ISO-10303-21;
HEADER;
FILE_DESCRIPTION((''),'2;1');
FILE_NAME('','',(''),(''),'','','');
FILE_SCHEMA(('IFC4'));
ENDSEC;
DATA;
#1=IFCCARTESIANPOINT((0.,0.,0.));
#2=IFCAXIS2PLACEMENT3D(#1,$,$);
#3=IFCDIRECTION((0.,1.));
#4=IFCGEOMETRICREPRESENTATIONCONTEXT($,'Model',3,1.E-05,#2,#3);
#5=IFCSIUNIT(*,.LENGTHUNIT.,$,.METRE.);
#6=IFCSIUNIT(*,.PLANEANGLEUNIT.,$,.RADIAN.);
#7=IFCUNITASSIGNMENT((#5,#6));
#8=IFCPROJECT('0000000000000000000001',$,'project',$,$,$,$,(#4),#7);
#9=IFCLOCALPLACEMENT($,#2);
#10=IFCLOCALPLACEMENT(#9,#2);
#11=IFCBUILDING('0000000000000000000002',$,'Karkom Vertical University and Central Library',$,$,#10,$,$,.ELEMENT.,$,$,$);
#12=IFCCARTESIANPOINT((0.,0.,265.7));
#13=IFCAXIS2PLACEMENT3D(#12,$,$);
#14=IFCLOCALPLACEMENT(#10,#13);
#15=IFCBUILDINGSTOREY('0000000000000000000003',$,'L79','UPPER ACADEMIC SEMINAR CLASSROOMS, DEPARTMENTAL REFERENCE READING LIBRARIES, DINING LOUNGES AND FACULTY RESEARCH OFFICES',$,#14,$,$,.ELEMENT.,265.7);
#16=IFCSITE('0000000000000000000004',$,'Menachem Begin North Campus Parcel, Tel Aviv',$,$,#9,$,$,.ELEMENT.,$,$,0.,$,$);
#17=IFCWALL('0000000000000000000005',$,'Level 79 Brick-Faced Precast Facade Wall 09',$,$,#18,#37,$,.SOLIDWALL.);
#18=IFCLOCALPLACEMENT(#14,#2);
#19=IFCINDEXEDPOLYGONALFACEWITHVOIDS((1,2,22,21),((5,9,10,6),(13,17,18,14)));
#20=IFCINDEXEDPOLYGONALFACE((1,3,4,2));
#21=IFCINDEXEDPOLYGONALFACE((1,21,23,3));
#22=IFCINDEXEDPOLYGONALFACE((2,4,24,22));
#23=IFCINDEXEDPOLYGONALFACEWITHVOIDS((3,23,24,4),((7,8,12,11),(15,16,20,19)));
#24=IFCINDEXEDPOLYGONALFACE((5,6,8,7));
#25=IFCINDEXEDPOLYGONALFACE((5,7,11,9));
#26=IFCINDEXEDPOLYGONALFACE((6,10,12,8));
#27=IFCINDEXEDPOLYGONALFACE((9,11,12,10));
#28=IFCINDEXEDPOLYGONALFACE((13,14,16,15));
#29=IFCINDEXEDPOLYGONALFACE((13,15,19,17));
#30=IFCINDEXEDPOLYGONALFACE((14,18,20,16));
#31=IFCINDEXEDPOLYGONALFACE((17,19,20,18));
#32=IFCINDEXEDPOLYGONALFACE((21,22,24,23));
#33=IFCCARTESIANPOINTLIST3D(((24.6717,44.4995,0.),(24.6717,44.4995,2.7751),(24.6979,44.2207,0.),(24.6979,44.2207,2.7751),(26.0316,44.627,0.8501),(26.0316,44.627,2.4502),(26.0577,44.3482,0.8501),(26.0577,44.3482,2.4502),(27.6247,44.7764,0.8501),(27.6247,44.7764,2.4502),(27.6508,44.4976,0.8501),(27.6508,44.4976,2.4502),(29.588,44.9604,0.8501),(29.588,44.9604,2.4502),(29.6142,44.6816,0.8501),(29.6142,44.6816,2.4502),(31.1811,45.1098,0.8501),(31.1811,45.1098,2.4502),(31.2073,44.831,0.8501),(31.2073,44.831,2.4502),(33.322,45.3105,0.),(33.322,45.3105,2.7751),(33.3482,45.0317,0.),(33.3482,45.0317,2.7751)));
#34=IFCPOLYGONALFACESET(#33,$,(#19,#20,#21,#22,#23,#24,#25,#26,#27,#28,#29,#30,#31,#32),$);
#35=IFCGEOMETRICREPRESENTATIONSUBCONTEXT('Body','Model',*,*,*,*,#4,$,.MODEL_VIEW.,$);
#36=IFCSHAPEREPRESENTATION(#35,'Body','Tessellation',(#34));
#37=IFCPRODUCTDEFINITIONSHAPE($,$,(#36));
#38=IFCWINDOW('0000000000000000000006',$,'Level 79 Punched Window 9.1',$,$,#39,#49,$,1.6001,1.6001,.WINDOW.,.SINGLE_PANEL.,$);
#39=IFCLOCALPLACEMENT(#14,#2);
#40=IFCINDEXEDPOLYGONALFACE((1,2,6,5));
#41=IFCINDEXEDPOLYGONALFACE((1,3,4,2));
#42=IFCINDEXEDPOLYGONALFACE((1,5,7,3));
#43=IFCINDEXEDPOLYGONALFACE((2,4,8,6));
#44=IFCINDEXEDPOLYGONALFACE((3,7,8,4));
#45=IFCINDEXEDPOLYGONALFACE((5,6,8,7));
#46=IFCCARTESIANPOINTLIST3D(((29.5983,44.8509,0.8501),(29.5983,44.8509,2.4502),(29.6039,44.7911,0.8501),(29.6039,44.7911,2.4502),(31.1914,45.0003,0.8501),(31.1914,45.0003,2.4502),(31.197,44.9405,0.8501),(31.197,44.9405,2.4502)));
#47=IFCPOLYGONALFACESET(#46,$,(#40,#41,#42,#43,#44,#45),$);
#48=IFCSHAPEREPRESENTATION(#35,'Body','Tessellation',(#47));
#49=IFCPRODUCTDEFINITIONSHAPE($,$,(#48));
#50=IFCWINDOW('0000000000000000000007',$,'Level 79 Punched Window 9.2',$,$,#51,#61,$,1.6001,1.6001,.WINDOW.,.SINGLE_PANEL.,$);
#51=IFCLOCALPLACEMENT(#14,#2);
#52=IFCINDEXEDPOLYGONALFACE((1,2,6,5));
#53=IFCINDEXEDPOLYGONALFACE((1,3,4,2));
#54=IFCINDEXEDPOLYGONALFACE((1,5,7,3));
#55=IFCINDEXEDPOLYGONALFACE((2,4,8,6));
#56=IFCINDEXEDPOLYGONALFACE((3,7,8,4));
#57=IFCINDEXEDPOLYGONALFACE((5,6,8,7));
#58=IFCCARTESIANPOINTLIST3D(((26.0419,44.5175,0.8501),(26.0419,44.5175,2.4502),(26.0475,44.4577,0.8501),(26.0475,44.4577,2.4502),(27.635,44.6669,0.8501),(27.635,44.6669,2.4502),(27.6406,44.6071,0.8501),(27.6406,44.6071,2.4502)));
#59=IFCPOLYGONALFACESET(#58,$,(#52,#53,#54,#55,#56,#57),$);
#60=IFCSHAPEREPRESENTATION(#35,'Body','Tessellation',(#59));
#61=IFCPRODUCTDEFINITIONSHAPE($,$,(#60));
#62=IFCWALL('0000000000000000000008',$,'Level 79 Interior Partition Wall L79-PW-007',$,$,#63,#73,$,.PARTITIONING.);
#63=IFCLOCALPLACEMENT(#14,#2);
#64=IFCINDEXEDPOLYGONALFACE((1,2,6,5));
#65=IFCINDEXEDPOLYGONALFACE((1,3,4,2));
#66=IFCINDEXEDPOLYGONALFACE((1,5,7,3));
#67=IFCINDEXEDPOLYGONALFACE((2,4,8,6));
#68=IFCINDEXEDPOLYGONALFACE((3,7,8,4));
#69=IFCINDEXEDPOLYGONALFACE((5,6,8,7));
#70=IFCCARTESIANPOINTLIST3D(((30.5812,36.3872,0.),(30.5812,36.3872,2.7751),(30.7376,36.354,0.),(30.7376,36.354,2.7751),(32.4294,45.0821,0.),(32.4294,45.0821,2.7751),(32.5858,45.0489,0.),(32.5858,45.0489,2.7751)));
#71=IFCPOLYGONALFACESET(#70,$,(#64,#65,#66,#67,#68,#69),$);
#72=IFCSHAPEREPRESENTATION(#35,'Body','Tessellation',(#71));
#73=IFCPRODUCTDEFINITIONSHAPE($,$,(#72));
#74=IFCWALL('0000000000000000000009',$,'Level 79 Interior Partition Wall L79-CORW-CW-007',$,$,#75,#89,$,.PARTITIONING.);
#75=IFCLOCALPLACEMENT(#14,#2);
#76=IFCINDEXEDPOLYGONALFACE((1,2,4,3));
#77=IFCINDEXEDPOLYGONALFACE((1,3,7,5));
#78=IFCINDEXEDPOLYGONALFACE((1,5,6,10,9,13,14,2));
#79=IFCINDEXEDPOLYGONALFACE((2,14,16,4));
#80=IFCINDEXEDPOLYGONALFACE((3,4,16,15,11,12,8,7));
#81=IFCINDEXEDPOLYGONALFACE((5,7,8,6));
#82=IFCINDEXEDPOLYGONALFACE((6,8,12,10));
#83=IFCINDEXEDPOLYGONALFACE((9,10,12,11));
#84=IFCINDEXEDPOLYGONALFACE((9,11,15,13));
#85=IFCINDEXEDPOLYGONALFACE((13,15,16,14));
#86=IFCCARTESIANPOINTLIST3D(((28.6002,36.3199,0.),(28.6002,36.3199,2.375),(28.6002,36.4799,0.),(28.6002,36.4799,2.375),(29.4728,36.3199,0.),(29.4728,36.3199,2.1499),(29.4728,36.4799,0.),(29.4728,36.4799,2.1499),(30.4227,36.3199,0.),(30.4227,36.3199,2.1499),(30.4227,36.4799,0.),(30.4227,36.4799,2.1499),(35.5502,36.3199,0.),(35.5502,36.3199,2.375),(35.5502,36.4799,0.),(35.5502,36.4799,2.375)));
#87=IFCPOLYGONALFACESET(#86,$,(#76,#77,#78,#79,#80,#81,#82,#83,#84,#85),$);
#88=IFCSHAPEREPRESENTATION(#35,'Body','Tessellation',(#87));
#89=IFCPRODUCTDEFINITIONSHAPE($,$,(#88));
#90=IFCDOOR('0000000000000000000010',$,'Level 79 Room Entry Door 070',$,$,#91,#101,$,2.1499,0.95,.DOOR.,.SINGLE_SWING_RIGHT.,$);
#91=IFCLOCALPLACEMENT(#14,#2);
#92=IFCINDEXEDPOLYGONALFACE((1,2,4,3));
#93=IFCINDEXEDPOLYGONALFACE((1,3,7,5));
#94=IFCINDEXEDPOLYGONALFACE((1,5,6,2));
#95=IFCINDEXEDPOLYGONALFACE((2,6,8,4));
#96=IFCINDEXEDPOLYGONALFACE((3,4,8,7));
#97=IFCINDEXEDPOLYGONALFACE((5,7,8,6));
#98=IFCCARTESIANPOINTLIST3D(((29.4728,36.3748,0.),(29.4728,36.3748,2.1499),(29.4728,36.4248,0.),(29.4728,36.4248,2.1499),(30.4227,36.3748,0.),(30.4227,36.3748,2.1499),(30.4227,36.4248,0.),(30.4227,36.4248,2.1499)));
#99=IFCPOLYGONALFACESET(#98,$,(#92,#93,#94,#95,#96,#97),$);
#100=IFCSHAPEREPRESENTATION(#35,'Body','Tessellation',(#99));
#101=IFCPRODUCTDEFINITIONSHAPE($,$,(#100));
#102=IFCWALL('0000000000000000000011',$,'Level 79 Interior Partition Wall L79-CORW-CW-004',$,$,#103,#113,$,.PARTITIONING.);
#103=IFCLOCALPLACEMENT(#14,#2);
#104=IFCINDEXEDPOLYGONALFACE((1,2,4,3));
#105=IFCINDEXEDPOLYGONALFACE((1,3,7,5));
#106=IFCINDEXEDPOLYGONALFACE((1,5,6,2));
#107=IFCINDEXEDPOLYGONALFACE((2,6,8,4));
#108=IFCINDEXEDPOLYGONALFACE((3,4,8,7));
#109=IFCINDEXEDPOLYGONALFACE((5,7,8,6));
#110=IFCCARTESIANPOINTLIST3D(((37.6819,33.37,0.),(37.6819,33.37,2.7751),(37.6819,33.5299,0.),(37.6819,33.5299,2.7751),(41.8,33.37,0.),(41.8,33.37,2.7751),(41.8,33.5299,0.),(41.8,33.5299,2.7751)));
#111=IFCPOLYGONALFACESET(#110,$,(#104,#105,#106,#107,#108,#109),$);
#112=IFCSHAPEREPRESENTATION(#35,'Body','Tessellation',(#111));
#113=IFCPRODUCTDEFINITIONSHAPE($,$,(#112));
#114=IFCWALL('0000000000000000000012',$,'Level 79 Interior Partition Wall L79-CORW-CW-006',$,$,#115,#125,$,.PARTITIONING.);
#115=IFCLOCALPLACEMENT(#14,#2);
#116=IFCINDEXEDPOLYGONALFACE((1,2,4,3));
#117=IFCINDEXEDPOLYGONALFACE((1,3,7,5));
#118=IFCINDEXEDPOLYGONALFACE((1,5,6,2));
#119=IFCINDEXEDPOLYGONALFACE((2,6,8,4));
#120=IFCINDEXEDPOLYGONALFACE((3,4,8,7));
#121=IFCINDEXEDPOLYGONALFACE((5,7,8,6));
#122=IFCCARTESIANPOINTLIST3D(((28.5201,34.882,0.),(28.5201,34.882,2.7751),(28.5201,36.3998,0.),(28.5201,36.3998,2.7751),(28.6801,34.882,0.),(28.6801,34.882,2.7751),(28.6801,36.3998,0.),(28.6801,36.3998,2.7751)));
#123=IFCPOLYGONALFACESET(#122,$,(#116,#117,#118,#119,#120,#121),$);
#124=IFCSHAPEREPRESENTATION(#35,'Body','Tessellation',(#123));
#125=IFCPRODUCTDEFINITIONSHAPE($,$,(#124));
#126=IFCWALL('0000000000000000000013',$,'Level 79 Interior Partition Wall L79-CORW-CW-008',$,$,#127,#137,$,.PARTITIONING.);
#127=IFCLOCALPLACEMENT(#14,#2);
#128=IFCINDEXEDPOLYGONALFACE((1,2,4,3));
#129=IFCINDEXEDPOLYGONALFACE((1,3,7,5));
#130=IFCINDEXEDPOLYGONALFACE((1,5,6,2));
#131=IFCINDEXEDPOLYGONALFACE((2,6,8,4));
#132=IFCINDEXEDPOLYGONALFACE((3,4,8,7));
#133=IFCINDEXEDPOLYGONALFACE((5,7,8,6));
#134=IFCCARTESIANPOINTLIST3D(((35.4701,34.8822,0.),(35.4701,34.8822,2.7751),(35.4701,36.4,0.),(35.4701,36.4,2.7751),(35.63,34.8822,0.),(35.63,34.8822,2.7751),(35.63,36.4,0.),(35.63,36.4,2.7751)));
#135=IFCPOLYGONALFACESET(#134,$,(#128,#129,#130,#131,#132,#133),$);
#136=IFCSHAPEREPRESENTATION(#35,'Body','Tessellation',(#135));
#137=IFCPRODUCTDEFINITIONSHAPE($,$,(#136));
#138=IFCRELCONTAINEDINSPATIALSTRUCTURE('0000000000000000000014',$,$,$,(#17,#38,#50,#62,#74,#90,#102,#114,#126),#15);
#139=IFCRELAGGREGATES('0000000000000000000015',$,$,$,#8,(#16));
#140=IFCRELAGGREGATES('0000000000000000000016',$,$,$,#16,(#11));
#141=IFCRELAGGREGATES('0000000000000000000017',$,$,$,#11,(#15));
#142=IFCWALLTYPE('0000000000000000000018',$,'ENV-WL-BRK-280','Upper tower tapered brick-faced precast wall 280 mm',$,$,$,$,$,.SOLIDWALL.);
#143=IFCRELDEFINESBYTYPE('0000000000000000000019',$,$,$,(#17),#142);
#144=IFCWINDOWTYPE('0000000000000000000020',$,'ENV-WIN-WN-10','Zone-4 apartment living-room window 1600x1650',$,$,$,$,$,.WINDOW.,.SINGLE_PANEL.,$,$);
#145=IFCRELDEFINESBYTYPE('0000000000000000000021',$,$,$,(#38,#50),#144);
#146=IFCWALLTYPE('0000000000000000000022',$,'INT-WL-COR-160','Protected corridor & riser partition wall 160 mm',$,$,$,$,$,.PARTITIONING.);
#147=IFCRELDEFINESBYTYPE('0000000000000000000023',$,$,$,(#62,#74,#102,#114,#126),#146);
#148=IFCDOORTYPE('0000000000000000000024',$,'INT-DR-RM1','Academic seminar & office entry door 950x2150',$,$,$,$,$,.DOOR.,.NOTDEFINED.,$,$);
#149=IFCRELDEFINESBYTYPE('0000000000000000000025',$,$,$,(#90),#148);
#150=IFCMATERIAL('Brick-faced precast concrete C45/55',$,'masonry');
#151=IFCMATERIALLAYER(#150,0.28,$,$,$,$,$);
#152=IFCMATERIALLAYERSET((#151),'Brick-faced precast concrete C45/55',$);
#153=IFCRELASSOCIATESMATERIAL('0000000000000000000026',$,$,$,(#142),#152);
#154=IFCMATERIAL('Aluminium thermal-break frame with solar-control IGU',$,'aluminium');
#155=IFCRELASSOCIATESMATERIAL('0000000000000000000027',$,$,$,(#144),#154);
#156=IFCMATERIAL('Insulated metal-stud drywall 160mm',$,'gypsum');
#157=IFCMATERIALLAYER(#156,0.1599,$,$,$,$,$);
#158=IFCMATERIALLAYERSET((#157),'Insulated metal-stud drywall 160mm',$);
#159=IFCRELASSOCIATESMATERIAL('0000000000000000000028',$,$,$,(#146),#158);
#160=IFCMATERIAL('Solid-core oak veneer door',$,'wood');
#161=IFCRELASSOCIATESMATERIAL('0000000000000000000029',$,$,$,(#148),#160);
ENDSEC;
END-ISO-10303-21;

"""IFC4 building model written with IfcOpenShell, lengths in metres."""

from ifc_helpers import new_model, si_unit, direction, frame, frame_2d, origin, origin_with_axes, place, context, subcontext, project, spatial, rectangle, extrude, source, transform, mapped, material, layer, layer_set, type_object, element, fill, save


model = new_model("IFC4")

# Units and contexts
model_context = context("Model", 3, precision=1e-05, world=origin(), true_north=direction((0.0, 1.0)))
body_context = subcontext(model_context, "Body", "Model", "MODEL_VIEW")
ifc_project = project(units=[si_unit("LENGTHUNIT", "METRE"), si_unit("PLANEANGLEUNIT", "RADIAN")], contexts=[model_context])

# Site, building, storey
site_placement = place(None, origin())
site = spatial("IfcSite", under=ifc_project, at=site_placement, Name="Menachem Begin North Campus Parcel, Tel Aviv", CompositionType="ELEMENT", RefElevation=0.0)
building_placement = place(site_placement, origin())
building = spatial("IfcBuilding", under=site, at=building_placement, Name="Karkom Vertical University and Central Library", CompositionType="ELEMENT")
storey_placement = place(building_placement, frame((0.0, 0.0, 265.7)))
storey = spatial("IfcBuildingStorey", under=building, at=storey_placement, Name="L79", Description="UPPER ACADEMIC SEMINAR CLASSROOMS, DEPARTMENTAL REFERENCE READING LIBRARIES, DINING LOUNGES AND FACULTY RESEARCH OFFICES", CompositionType="ELEMENT", Elevation=265.7)

# Wall, openings, windows
ifc_material_1 = material(Name="Brick-faced precast concrete C45/55", Category="masonry")
ifc_layer_1 = layer(ifc_material_1, 0.28)
ifc_layer_set_1 = layer_set([ifc_layer_1], Name="Brick-faced precast concrete C45/55")
wall_type_1 = type_object("IfcWallType", Name="ENV-WL-BRK-280", Description="Upper tower tapered brick-faced precast wall 280 mm", PredefinedType="SOLIDWALL", material=ifc_layer_set_1)
ifc_material_2 = material(Name="Aluminium thermal-break frame with solar-control IGU", Category="aluminium")
window_type = type_object("IfcWindowType", Name="ENV-WIN-WN-10", Description="Zone-4 apartment living-room window 1600x1650", PartitioningType="SINGLE_PANEL", PredefinedType="WINDOW", material=ifc_material_2)
shared_shape_1 = source(origin_with_axes(), body_context, "Body", "SweptSolid", [
    extrude(rectangle(XDim=1.6001, YDim=1.6001, at=frame_2d((0.8, 0.8))), frame((0.0, 0.03, 0.0), z_axis=(0.0, -1.0, 0.0), x_axis=(1.0, 0.0, 0.0)), (0.0, 0.0, 1.0), 0.0601),
])
wall_1_placement = place(storey_placement, frame((33.3352, 45.1711, 0.0), z_axis=(0.0, 0.0, 1.0), x_axis=(-0.995634, -0.093348, 0.0)))
wall_1 = element("IfcWall", 1, at=wall_1_placement, inside=storey, type_object=wall_type_1, Name="Level 79 Brick-Faced Precast Facade Wall 09", PredefinedType="SOLIDWALL", context=body_context, shape_type="SweptSolid", body=[
    extrude(rectangle(XDim=8.6882, YDim=0.28, at=frame_2d((4.3442, 0.0))), origin(), (0.0, 0.0, 1.0), 2.7751),
])
opening_1_placement = place(wall_1_placement, frame((2.1504, 0.0, 0.8501)))
opening_1 = element("IfcOpeningElement", 2, at=opening_1_placement, cuts=wall_1, PredefinedType="OPENING", context=body_context, shape_type="SweptSolid", body=[
    extrude(rectangle(XDim=1.6001, YDim=1.6001, at=frame_2d((0.8, 0.8))), frame((0.0, 0.1499, 0.0), z_axis=(0.0, -1.0, 0.0), x_axis=(1.0, 0.0, 0.0)), (0.0, 0.0, 1.0), 0.3),
])
opening_2_placement = place(wall_1_placement, frame((5.7224, 0.0, 0.8501)))
opening_2 = element("IfcOpeningElement", 3, at=opening_2_placement, cuts=wall_1, PredefinedType="OPENING", context=body_context, shape_type="SweptSolid", body=[
    extrude(rectangle(XDim=1.6001, YDim=1.6001, at=frame_2d((0.8, 0.8))), frame((0.0, 0.1499, 0.0), z_axis=(0.0, -1.0, 0.0), x_axis=(1.0, 0.0, 0.0)), (0.0, 0.0, 1.0), 0.3),
])
window_1_placement = place(opening_1_placement, origin())
window_1 = element("IfcWindow", 4, at=window_1_placement, inside=storey, type_object=window_type, Name="Level 79 Punched Window 9.1", OverallHeight=1.6001, OverallWidth=1.6001, PartitioningType="SINGLE_PANEL", PredefinedType="WINDOW", context=body_context, shape_type="MappedRepresentation", body=[
    mapped(shared_shape_1, transform((0.0, 0.0, 0.0), scale=1.0)),
])
fill(opening_1, window_1)
window_2_placement = place(opening_2_placement, origin())
window_2 = element("IfcWindow", 5, at=window_2_placement, inside=storey, type_object=window_type, Name="Level 79 Punched Window 9.2", OverallHeight=1.6001, OverallWidth=1.6001, PartitioningType="SINGLE_PANEL", PredefinedType="WINDOW", context=body_context, shape_type="MappedRepresentation", body=[
    mapped(shared_shape_1, transform((0.0, 0.0, 0.0), scale=1.0)),
])
fill(opening_2, window_2)

# Shared definitions
ifc_material_3 = material(Name="Insulated metal-stud drywall 160mm", Category="gypsum")
ifc_layer_2 = layer(ifc_material_3, 0.1599)
ifc_layer_set_2 = layer_set([ifc_layer_2], Name="Insulated metal-stud drywall 160mm")
wall_type_2 = type_object("IfcWallType", Name="INT-WL-COR-160", Description="Protected corridor & riser partition wall 160 mm", PredefinedType="PARTITIONING", material=ifc_layer_set_2)
ifc_material_4 = material(Name="Solid-core oak veneer door", Category="wood")
door_type_1 = type_object("IfcDoorType", Name="INT-DR-RM1", Description="Academic seminar & office entry door 950x2150", OperationType="NOTDEFINED", PredefinedType="DOOR", material=ifc_material_4)
shared_shape_2 = source(origin_with_axes(), body_context, "Body", "SweptSolid", [
    extrude(rectangle(XDim=0.95, YDim=2.1499, at=frame_2d((0.4751, 1.075))), frame((0.0, 0.0249, 0.0), z_axis=(0.0, -1.0, 0.0), x_axis=(1.0, 0.0, 0.0)), (0.0, 0.0, 1.0), 0.05),
])

# Wall
wall_2_placement = place(storey_placement, frame((30.6594, 36.3706, 0.0), z_axis=(0.0, 0.0, 1.0), x_axis=(0.207912, 0.978148, 0.0)))
element("IfcWall", 6, at=wall_2_placement, inside=storey, type_object=wall_type_2, Name="Level 79 Interior Partition Wall L79-PW-007", PredefinedType="PARTITIONING", context=body_context, shape_type="SweptSolid", body=[
    extrude(rectangle(XDim=8.8892, YDim=0.1599, at=frame_2d((4.4446, 0.0))), origin(), (0.0, 0.0, 1.0), 2.7751),
])

# Wall, opening, door
wall_3_placement = place(storey_placement, frame((28.6001, 36.3999, 0.0), z_axis=(0.0, 0.0, 1.0), x_axis=(1.0, 0.0, 0.0)))
wall_3 = element("IfcWall", 7, at=wall_3_placement, inside=storey, type_object=wall_type_2, Name="Level 79 Interior Partition Wall L79-CORW-CW-007", PredefinedType="PARTITIONING", context=body_context, shape_type="SweptSolid", body=[
    extrude(rectangle(XDim=6.95, YDim=0.1599, at=frame_2d((3.4751, 0.0))), origin(), (0.0, 0.0, 1.0), 2.375),
])
opening_3_placement = place(wall_3_placement, frame((0.8726, 0.0, 0.0)))
opening_3 = element("IfcOpeningElement", 8, at=opening_3_placement, cuts=wall_3, PredefinedType="OPENING", context=body_context, shape_type="SweptSolid", body=[
    extrude(rectangle(XDim=0.95, YDim=2.1499, at=frame_2d((0.4751, 1.075))), frame((0.0, 0.0898, 0.0), z_axis=(0.0, -1.0, 0.0), x_axis=(1.0, 0.0, 0.0)), (0.0, 0.0, 1.0), 0.1799),
])
door_1_placement = place(opening_3_placement, origin())
door_1 = element("IfcDoor", 9, at=door_1_placement, inside=storey, type_object=door_type_1, Name="Level 79 Room Entry Door 070", OperationType="SINGLE_SWING_RIGHT", OverallHeight=2.1499, OverallWidth=0.95, PredefinedType="DOOR", context=body_context, shape_type="MappedRepresentation", body=[
    mapped(shared_shape_2, transform((0.0, 0.0, 0.0), scale=1.0)),
])
fill(opening_3, door_1)

# Walls
wall_4_placement = place(storey_placement, frame((37.6819, 33.45, 0.0), z_axis=(0.0, 0.0, 1.0), x_axis=(1.0, 0.0, 0.0)))
element("IfcWall", 10, at=wall_4_placement, inside=storey, type_object=wall_type_2, Name="Level 79 Interior Partition Wall L79-CORW-CW-004", PredefinedType="PARTITIONING", context=body_context, shape_type="SweptSolid", body=[
    extrude(rectangle(XDim=4.1182, YDim=0.1599, at=frame_2d((2.0591, 0.0))), origin(), (0.0, 0.0, 1.0), 2.7751),
])
for number, where, z_axis, x_axis, name in (
    (11, (28.6001, 34.8821, 0.0), (0.0, 0.0, 1.0), (0.0, 1.0, 0.0), "Level 79 Interior Partition Wall L79-CORW-CW-006"),
    (12, (35.55, 36.3999, 0.0), (0.0, 0.0, 1.0), (0.0, -1.0, 0.0), "Level 79 Interior Partition Wall L79-CORW-CW-008"),
):
    element("IfcWall", number, at=place(storey_placement, frame(where, z_axis=z_axis, x_axis=x_axis)), inside=storey, type_object=wall_type_2, Name=name, PredefinedType="PARTITIONING", context=body_context, shape_type="SweptSolid", body=[
        extrude(rectangle(XDim=1.5178, YDim=0.1599, at=frame_2d((0.7588, 0.0))), origin(), (0.0, 0.0, 1.0), 2.7751),
    ])

save(model, "model.ifc")
